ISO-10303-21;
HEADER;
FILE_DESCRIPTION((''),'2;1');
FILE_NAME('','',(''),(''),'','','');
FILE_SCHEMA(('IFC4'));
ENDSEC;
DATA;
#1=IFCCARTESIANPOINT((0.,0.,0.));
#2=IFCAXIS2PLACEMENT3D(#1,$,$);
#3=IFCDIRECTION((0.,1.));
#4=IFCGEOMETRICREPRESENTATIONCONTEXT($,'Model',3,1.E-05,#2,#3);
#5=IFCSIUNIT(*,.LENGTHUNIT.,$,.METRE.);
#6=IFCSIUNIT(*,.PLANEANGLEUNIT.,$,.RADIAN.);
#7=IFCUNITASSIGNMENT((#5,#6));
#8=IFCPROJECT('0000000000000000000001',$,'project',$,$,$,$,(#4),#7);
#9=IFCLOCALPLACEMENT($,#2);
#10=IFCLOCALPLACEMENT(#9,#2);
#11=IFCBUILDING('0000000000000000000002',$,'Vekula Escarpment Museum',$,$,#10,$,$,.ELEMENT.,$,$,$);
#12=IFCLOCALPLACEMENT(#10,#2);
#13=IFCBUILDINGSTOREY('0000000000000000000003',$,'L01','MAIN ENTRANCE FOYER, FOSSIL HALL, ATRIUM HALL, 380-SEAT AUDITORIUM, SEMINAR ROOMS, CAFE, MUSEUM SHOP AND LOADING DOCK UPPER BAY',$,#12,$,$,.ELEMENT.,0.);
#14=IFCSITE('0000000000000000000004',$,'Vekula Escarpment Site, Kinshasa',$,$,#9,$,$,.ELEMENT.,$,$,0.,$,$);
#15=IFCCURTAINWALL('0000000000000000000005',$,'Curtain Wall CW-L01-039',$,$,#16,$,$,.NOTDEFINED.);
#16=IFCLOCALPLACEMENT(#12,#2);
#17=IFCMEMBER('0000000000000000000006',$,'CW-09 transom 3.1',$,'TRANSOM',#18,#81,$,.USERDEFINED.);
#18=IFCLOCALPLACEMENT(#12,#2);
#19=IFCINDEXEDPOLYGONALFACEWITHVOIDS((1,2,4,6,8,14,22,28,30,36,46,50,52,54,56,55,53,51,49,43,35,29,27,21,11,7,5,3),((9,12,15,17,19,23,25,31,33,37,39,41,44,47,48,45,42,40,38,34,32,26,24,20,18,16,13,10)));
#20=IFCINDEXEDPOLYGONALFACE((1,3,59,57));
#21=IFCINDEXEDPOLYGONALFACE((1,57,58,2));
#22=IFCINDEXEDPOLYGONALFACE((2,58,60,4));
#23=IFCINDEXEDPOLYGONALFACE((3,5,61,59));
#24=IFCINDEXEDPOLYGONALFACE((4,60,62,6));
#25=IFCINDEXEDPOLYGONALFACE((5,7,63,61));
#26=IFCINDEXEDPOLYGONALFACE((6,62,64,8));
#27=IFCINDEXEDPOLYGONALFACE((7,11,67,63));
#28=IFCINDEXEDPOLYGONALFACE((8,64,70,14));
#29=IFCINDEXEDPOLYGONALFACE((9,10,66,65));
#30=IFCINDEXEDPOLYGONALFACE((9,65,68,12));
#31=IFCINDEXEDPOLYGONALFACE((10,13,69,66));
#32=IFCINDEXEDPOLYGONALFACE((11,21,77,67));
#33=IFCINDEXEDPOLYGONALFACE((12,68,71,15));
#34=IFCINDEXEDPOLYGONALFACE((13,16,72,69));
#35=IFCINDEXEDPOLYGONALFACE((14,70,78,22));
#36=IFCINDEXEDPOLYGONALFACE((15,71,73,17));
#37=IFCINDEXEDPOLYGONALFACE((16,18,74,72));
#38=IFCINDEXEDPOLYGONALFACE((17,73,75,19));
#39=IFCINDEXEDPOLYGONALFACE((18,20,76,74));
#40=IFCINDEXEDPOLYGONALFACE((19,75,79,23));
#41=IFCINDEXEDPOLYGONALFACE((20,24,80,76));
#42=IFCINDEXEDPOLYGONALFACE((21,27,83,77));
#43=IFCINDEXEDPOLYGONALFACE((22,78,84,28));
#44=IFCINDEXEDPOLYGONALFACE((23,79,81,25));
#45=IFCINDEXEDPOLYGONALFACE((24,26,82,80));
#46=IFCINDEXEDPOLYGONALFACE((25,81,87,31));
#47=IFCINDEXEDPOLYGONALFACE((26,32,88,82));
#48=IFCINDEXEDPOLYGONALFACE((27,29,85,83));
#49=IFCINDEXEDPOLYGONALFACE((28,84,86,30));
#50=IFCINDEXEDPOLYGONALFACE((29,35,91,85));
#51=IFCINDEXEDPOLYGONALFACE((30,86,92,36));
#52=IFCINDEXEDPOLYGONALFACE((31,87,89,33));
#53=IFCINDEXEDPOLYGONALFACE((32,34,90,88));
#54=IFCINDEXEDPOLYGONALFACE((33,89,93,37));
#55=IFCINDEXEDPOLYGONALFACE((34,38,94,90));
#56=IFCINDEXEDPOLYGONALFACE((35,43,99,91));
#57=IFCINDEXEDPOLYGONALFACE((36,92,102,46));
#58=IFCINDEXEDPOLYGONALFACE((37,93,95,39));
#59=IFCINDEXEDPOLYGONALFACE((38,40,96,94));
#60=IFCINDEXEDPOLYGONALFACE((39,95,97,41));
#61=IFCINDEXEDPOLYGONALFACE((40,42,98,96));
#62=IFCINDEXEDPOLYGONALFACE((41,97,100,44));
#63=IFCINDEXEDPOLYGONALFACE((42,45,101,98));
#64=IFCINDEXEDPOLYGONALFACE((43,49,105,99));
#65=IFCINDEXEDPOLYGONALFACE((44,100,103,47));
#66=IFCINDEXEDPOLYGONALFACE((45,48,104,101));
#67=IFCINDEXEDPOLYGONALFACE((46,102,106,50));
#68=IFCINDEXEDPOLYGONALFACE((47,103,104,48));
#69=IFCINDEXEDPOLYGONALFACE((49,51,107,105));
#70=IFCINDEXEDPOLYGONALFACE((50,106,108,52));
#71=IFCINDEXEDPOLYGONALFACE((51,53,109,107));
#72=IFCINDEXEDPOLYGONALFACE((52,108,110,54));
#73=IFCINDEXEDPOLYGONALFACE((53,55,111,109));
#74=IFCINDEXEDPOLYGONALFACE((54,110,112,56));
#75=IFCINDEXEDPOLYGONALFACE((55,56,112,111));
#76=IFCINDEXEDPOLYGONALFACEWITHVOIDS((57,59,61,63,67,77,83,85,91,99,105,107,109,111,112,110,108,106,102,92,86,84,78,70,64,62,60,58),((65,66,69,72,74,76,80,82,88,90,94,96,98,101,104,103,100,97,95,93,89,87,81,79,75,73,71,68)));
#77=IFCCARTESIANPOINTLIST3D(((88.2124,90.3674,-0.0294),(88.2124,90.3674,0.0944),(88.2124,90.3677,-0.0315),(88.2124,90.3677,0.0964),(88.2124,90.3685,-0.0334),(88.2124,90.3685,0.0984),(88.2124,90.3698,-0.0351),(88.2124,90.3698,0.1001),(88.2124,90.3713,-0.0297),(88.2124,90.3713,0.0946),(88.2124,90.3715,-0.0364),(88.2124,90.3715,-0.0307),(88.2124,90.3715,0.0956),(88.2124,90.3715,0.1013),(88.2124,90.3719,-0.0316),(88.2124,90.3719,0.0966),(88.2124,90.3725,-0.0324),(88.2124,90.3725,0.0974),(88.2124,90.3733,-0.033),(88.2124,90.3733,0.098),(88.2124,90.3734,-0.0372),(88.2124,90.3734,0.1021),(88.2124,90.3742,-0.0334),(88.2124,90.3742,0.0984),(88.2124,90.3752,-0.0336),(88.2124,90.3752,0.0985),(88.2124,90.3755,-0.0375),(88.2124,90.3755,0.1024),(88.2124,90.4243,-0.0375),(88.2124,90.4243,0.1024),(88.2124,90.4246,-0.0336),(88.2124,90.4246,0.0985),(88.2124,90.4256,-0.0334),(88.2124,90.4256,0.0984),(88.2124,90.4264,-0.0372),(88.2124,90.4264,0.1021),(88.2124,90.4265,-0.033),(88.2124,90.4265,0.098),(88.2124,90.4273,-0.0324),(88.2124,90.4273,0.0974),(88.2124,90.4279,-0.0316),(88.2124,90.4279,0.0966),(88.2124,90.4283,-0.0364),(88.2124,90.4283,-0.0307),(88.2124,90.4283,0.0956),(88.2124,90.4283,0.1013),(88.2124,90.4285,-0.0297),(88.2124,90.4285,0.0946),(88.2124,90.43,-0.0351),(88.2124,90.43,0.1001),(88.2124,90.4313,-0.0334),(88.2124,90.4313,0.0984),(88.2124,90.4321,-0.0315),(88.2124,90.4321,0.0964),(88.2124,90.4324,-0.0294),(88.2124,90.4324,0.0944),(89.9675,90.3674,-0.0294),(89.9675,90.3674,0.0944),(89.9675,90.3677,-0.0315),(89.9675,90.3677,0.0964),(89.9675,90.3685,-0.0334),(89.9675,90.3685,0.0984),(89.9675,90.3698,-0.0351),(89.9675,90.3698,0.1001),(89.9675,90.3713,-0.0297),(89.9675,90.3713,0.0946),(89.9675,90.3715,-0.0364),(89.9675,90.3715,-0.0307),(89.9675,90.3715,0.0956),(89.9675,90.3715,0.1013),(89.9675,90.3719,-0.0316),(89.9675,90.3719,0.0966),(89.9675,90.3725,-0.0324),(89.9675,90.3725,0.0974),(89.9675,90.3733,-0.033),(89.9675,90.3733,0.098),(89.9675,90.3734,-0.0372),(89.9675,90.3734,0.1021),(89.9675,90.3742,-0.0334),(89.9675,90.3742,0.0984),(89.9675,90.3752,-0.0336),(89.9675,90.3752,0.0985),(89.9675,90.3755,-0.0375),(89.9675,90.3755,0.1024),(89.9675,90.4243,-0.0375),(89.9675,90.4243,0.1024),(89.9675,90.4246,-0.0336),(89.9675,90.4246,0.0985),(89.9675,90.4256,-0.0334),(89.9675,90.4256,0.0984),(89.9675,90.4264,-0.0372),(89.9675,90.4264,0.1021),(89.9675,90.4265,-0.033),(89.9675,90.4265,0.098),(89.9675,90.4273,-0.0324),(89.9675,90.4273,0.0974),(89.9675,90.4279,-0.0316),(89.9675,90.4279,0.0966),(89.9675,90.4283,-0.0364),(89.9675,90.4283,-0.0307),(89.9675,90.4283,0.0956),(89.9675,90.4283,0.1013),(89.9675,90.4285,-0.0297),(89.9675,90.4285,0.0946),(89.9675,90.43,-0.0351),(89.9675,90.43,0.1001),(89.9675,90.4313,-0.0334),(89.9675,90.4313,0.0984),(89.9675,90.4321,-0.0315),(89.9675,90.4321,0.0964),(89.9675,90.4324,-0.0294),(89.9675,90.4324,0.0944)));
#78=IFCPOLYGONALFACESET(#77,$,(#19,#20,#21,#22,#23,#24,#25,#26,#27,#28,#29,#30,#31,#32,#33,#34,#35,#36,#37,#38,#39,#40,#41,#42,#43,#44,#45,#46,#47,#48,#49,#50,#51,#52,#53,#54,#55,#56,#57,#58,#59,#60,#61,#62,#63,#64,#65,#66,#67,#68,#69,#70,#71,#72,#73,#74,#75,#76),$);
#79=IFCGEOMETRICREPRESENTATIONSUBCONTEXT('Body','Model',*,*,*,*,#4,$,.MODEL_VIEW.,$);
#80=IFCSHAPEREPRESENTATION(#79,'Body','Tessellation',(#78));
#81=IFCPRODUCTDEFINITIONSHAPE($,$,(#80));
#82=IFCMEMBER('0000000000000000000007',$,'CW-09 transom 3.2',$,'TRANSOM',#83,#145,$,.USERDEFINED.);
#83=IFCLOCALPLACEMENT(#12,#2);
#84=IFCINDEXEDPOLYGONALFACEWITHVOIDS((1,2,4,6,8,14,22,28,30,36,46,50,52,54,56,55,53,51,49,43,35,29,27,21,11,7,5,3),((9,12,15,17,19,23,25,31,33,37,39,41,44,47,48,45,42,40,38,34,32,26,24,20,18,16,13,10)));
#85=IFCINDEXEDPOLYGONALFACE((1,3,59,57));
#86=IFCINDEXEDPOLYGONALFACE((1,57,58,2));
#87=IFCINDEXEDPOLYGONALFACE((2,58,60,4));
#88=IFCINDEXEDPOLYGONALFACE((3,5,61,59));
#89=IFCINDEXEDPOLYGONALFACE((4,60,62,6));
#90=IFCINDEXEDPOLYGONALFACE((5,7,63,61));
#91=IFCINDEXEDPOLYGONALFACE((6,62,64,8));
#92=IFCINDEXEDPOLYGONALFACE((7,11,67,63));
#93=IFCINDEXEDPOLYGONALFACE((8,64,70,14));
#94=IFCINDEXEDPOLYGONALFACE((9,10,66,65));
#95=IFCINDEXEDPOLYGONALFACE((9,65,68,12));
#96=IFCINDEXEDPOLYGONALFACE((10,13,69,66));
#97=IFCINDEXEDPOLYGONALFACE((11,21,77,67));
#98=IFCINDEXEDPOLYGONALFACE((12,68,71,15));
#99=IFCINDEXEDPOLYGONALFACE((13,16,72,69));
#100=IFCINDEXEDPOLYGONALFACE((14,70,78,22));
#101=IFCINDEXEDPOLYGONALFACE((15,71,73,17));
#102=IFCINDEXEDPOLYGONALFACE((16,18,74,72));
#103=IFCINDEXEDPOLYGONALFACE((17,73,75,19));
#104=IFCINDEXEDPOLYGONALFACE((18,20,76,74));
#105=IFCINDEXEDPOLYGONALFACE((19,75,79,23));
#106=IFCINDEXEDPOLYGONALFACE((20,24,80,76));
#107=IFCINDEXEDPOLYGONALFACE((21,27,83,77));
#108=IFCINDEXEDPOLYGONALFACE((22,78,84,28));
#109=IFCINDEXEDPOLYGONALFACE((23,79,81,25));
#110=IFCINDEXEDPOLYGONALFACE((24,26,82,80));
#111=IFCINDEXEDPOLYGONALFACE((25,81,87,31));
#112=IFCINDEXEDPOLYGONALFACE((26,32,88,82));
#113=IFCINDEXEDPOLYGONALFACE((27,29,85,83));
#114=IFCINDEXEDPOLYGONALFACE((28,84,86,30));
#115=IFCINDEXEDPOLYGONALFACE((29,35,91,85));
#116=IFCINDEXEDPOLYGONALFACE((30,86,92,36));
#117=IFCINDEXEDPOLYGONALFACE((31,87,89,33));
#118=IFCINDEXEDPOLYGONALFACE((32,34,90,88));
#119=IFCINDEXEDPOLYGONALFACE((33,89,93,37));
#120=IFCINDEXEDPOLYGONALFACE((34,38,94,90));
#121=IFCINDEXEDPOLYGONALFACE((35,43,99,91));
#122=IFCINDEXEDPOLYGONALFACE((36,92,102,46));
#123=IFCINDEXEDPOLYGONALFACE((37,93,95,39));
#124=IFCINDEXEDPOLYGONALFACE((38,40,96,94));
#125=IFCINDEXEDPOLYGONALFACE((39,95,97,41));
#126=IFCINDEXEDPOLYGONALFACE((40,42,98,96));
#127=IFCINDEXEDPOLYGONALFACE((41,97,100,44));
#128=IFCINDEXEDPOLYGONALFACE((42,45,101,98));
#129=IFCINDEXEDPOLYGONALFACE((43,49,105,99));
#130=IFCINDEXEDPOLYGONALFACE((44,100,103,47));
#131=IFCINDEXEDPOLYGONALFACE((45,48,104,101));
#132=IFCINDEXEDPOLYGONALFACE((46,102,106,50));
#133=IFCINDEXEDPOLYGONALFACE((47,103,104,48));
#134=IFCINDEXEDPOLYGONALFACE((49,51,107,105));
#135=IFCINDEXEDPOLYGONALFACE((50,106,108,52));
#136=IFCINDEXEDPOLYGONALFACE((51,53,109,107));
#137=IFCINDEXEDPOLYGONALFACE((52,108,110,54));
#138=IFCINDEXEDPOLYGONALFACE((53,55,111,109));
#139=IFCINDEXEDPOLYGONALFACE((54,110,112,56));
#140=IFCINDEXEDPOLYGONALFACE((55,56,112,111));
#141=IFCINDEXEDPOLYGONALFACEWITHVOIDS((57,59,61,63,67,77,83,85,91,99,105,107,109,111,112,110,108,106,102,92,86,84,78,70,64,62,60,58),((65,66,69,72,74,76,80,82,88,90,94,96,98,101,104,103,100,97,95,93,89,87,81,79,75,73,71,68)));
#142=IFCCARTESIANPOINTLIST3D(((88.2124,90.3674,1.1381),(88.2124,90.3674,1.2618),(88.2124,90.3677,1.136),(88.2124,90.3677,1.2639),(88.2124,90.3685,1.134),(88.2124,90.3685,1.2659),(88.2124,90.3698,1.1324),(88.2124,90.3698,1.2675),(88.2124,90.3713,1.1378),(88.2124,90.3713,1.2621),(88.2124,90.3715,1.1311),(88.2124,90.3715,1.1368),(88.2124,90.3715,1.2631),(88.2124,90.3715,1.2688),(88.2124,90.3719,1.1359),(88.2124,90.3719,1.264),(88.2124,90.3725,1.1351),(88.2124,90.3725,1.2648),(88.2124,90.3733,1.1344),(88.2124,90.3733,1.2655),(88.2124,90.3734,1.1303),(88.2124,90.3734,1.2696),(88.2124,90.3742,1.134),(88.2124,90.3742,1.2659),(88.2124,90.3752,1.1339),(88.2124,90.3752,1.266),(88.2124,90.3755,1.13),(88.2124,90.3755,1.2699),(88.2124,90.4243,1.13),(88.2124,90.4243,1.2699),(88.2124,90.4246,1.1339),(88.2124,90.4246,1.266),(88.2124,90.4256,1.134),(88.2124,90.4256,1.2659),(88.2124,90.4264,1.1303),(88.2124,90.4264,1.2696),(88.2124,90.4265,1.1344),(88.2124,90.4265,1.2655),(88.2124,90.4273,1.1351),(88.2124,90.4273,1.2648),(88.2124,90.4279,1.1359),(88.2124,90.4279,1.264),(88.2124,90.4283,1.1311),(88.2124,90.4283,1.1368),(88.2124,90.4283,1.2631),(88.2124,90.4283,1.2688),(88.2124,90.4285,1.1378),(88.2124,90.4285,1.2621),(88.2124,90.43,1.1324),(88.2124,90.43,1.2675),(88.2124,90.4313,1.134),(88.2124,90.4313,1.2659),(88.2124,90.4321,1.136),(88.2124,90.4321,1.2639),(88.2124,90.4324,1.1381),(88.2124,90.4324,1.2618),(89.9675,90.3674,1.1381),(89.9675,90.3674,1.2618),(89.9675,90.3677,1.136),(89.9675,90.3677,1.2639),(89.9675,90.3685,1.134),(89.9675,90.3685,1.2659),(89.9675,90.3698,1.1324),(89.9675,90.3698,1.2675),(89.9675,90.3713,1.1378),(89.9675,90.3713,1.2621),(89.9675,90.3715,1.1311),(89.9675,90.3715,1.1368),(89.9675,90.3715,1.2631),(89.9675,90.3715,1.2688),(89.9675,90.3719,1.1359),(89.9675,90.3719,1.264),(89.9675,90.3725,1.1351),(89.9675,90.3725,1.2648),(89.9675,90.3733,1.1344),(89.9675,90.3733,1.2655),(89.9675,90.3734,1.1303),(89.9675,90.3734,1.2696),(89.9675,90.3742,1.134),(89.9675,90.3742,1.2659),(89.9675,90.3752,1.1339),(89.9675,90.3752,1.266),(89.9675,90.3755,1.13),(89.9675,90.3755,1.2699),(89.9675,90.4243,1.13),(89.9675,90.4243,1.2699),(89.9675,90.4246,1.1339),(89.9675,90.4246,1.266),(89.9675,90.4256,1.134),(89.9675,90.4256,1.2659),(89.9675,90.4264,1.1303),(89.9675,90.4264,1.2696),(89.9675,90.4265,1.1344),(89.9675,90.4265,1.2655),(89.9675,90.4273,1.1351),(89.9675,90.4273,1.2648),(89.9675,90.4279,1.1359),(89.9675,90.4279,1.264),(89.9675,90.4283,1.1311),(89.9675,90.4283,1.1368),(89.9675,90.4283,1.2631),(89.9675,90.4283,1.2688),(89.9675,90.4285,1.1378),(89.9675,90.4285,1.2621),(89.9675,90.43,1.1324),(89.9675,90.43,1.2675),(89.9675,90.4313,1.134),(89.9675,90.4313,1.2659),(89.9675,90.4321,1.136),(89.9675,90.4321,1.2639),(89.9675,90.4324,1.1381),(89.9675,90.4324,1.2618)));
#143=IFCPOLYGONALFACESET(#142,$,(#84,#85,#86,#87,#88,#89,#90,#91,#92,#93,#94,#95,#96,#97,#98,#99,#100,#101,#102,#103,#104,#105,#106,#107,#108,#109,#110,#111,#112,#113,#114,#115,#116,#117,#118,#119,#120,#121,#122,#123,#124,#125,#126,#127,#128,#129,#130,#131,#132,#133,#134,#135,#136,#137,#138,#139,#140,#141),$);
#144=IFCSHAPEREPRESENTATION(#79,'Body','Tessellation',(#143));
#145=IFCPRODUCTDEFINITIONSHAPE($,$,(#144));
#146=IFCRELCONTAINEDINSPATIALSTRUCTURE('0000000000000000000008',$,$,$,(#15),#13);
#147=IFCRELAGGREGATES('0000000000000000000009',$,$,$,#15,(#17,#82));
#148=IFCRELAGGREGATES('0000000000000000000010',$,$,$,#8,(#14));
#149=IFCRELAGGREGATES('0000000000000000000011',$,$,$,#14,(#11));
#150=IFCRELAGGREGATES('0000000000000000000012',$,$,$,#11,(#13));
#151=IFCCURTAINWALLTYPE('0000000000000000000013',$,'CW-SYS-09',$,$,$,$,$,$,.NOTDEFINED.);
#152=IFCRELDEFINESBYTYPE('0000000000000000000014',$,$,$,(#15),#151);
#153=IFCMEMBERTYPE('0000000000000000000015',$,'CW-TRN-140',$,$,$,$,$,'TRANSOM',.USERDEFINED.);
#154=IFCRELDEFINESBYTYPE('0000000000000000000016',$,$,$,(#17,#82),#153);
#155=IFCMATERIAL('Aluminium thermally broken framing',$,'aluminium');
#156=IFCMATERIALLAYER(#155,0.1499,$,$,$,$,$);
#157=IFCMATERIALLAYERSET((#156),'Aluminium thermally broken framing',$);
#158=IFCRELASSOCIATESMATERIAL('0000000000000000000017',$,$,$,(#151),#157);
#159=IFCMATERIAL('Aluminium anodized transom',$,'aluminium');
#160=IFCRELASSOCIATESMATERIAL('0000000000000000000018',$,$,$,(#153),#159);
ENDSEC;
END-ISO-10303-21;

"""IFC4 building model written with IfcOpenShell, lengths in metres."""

from ifc_helpers import new_model, si_unit, direction, frame, origin, origin_2d, place, context, subcontext, project, spatial, hollow_rectangle, extrude, material, layer, layer_set, material_profile, profile_set, type_object, element, aggregate, save


model = new_model("IFC4")

# Units and contexts
model_context = context("Model", 3, precision=1e-05, world=origin(), true_north=direction((0.0, 1.0)))
body_context = subcontext(model_context, "Body", "Model", "MODEL_VIEW")
ifc_project = project(units=[si_unit("LENGTHUNIT", "METRE"), si_unit("PLANEANGLEUNIT", "RADIAN")], contexts=[model_context])

# Site, building, storey
site_placement = place(None, origin())
site = spatial("IfcSite", under=ifc_project, at=site_placement, Name="Vekula Escarpment Site, Kinshasa", CompositionType="ELEMENT", RefElevation=0.0)
building_placement = place(site_placement, origin())
building = spatial("IfcBuilding", under=site, at=building_placement, Name="Vekula Escarpment Museum", CompositionType="ELEMENT")
storey_placement = place(building_placement, origin())
storey = spatial("IfcBuildingStorey", under=building, at=storey_placement, Name="L01", Description="MAIN ENTRANCE FOYER, FOSSIL HALL, ATRIUM HALL, 380-SEAT AUDITORIUM, SEMINAR ROOMS, CAFE, MUSEUM SHOP AND LOADING DOCK UPPER BAY", CompositionType="ELEMENT", Elevation=0.0)

# Curtain wall, members
ifc_material_1 = material(Name="Aluminium thermally broken framing", Category="aluminium")
ifc_layer_1 = layer(ifc_material_1, 0.1499)
ifc_layer_set_1 = layer_set([ifc_layer_1], Name="Aluminium thermally broken framing")
curtain_wall_type_1 = type_object("IfcCurtainWallType", Name="CW-SYS-09", PredefinedType="NOTDEFINED", material=ifc_layer_set_1)
curtain_wall_1_placement = place(storey_placement, origin())
curtain_wall_1 = element("IfcCurtainWall", 1, at=curtain_wall_1_placement, inside=storey, type_object=curtain_wall_type_1, Name="Curtain Wall CW-L01-039", PredefinedType="NOTDEFINED")
ifc_material_2 = material(Name="Aluminium anodized transom", Category="aluminium")
ifc_material_profile_1 = material_profile(ifc_material_2, hollow_rectangle(XDim=0.0649, YDim=0.1399, WallThickness=0.0039, InnerFilletRadius=0.0039, OuterFilletRadius=0.0081, at=origin_2d()), Name="ALU 140x65x4")
ifc_profile_set_1 = profile_set([ifc_material_profile_1], Name="Aluminium anodized transom")
member_type_1 = type_object("IfcMemberType", Name="CW-TRN-140", ElementType="TRANSOM", PredefinedType="USERDEFINED", material=ifc_profile_set_1)
member_1_placement = place(storey_placement, frame((89.9675, 90.3999, 0.0325), z_axis=(-1.0, 0.0, 0.0), x_axis=(0.0, -1.0, 0.0)))
member_1 = element("IfcMember", 2, at=member_1_placement, type_object=member_type_1, Name="CW-09 transom 3.1", ObjectType="TRANSOM", PredefinedType="USERDEFINED", context=body_context, shape_type="SweptSolid", body=[
    extrude(hollow_rectangle(XDim=0.0649, YDim=0.1399, WallThickness=0.0039, InnerFilletRadius=0.0039, OuterFilletRadius=0.0081, at=origin_2d()), origin(), (0.0, 0.0, 1.0), 1.7551),
])
member_2_placement = place(storey_placement, frame((89.9675, 90.3999, 1.2), z_axis=(-1.0, 0.0, 0.0), x_axis=(0.0, -1.0, 0.0)))
member_2 = element("IfcMember", 3, at=member_2_placement, type_object=member_type_1, Name="CW-09 transom 3.2", ObjectType="TRANSOM", PredefinedType="USERDEFINED", context=body_context, shape_type="SweptSolid", body=[
    extrude(hollow_rectangle(XDim=0.0649, YDim=0.1399, WallThickness=0.0039, InnerFilletRadius=0.0039, OuterFilletRadius=0.0081, at=origin_2d()), origin(), (0.0, 0.0, 1.0), 1.7551),
])

aggregate(curtain_wall_1, [member_1, member_2])

save(model, "model.ifc")
